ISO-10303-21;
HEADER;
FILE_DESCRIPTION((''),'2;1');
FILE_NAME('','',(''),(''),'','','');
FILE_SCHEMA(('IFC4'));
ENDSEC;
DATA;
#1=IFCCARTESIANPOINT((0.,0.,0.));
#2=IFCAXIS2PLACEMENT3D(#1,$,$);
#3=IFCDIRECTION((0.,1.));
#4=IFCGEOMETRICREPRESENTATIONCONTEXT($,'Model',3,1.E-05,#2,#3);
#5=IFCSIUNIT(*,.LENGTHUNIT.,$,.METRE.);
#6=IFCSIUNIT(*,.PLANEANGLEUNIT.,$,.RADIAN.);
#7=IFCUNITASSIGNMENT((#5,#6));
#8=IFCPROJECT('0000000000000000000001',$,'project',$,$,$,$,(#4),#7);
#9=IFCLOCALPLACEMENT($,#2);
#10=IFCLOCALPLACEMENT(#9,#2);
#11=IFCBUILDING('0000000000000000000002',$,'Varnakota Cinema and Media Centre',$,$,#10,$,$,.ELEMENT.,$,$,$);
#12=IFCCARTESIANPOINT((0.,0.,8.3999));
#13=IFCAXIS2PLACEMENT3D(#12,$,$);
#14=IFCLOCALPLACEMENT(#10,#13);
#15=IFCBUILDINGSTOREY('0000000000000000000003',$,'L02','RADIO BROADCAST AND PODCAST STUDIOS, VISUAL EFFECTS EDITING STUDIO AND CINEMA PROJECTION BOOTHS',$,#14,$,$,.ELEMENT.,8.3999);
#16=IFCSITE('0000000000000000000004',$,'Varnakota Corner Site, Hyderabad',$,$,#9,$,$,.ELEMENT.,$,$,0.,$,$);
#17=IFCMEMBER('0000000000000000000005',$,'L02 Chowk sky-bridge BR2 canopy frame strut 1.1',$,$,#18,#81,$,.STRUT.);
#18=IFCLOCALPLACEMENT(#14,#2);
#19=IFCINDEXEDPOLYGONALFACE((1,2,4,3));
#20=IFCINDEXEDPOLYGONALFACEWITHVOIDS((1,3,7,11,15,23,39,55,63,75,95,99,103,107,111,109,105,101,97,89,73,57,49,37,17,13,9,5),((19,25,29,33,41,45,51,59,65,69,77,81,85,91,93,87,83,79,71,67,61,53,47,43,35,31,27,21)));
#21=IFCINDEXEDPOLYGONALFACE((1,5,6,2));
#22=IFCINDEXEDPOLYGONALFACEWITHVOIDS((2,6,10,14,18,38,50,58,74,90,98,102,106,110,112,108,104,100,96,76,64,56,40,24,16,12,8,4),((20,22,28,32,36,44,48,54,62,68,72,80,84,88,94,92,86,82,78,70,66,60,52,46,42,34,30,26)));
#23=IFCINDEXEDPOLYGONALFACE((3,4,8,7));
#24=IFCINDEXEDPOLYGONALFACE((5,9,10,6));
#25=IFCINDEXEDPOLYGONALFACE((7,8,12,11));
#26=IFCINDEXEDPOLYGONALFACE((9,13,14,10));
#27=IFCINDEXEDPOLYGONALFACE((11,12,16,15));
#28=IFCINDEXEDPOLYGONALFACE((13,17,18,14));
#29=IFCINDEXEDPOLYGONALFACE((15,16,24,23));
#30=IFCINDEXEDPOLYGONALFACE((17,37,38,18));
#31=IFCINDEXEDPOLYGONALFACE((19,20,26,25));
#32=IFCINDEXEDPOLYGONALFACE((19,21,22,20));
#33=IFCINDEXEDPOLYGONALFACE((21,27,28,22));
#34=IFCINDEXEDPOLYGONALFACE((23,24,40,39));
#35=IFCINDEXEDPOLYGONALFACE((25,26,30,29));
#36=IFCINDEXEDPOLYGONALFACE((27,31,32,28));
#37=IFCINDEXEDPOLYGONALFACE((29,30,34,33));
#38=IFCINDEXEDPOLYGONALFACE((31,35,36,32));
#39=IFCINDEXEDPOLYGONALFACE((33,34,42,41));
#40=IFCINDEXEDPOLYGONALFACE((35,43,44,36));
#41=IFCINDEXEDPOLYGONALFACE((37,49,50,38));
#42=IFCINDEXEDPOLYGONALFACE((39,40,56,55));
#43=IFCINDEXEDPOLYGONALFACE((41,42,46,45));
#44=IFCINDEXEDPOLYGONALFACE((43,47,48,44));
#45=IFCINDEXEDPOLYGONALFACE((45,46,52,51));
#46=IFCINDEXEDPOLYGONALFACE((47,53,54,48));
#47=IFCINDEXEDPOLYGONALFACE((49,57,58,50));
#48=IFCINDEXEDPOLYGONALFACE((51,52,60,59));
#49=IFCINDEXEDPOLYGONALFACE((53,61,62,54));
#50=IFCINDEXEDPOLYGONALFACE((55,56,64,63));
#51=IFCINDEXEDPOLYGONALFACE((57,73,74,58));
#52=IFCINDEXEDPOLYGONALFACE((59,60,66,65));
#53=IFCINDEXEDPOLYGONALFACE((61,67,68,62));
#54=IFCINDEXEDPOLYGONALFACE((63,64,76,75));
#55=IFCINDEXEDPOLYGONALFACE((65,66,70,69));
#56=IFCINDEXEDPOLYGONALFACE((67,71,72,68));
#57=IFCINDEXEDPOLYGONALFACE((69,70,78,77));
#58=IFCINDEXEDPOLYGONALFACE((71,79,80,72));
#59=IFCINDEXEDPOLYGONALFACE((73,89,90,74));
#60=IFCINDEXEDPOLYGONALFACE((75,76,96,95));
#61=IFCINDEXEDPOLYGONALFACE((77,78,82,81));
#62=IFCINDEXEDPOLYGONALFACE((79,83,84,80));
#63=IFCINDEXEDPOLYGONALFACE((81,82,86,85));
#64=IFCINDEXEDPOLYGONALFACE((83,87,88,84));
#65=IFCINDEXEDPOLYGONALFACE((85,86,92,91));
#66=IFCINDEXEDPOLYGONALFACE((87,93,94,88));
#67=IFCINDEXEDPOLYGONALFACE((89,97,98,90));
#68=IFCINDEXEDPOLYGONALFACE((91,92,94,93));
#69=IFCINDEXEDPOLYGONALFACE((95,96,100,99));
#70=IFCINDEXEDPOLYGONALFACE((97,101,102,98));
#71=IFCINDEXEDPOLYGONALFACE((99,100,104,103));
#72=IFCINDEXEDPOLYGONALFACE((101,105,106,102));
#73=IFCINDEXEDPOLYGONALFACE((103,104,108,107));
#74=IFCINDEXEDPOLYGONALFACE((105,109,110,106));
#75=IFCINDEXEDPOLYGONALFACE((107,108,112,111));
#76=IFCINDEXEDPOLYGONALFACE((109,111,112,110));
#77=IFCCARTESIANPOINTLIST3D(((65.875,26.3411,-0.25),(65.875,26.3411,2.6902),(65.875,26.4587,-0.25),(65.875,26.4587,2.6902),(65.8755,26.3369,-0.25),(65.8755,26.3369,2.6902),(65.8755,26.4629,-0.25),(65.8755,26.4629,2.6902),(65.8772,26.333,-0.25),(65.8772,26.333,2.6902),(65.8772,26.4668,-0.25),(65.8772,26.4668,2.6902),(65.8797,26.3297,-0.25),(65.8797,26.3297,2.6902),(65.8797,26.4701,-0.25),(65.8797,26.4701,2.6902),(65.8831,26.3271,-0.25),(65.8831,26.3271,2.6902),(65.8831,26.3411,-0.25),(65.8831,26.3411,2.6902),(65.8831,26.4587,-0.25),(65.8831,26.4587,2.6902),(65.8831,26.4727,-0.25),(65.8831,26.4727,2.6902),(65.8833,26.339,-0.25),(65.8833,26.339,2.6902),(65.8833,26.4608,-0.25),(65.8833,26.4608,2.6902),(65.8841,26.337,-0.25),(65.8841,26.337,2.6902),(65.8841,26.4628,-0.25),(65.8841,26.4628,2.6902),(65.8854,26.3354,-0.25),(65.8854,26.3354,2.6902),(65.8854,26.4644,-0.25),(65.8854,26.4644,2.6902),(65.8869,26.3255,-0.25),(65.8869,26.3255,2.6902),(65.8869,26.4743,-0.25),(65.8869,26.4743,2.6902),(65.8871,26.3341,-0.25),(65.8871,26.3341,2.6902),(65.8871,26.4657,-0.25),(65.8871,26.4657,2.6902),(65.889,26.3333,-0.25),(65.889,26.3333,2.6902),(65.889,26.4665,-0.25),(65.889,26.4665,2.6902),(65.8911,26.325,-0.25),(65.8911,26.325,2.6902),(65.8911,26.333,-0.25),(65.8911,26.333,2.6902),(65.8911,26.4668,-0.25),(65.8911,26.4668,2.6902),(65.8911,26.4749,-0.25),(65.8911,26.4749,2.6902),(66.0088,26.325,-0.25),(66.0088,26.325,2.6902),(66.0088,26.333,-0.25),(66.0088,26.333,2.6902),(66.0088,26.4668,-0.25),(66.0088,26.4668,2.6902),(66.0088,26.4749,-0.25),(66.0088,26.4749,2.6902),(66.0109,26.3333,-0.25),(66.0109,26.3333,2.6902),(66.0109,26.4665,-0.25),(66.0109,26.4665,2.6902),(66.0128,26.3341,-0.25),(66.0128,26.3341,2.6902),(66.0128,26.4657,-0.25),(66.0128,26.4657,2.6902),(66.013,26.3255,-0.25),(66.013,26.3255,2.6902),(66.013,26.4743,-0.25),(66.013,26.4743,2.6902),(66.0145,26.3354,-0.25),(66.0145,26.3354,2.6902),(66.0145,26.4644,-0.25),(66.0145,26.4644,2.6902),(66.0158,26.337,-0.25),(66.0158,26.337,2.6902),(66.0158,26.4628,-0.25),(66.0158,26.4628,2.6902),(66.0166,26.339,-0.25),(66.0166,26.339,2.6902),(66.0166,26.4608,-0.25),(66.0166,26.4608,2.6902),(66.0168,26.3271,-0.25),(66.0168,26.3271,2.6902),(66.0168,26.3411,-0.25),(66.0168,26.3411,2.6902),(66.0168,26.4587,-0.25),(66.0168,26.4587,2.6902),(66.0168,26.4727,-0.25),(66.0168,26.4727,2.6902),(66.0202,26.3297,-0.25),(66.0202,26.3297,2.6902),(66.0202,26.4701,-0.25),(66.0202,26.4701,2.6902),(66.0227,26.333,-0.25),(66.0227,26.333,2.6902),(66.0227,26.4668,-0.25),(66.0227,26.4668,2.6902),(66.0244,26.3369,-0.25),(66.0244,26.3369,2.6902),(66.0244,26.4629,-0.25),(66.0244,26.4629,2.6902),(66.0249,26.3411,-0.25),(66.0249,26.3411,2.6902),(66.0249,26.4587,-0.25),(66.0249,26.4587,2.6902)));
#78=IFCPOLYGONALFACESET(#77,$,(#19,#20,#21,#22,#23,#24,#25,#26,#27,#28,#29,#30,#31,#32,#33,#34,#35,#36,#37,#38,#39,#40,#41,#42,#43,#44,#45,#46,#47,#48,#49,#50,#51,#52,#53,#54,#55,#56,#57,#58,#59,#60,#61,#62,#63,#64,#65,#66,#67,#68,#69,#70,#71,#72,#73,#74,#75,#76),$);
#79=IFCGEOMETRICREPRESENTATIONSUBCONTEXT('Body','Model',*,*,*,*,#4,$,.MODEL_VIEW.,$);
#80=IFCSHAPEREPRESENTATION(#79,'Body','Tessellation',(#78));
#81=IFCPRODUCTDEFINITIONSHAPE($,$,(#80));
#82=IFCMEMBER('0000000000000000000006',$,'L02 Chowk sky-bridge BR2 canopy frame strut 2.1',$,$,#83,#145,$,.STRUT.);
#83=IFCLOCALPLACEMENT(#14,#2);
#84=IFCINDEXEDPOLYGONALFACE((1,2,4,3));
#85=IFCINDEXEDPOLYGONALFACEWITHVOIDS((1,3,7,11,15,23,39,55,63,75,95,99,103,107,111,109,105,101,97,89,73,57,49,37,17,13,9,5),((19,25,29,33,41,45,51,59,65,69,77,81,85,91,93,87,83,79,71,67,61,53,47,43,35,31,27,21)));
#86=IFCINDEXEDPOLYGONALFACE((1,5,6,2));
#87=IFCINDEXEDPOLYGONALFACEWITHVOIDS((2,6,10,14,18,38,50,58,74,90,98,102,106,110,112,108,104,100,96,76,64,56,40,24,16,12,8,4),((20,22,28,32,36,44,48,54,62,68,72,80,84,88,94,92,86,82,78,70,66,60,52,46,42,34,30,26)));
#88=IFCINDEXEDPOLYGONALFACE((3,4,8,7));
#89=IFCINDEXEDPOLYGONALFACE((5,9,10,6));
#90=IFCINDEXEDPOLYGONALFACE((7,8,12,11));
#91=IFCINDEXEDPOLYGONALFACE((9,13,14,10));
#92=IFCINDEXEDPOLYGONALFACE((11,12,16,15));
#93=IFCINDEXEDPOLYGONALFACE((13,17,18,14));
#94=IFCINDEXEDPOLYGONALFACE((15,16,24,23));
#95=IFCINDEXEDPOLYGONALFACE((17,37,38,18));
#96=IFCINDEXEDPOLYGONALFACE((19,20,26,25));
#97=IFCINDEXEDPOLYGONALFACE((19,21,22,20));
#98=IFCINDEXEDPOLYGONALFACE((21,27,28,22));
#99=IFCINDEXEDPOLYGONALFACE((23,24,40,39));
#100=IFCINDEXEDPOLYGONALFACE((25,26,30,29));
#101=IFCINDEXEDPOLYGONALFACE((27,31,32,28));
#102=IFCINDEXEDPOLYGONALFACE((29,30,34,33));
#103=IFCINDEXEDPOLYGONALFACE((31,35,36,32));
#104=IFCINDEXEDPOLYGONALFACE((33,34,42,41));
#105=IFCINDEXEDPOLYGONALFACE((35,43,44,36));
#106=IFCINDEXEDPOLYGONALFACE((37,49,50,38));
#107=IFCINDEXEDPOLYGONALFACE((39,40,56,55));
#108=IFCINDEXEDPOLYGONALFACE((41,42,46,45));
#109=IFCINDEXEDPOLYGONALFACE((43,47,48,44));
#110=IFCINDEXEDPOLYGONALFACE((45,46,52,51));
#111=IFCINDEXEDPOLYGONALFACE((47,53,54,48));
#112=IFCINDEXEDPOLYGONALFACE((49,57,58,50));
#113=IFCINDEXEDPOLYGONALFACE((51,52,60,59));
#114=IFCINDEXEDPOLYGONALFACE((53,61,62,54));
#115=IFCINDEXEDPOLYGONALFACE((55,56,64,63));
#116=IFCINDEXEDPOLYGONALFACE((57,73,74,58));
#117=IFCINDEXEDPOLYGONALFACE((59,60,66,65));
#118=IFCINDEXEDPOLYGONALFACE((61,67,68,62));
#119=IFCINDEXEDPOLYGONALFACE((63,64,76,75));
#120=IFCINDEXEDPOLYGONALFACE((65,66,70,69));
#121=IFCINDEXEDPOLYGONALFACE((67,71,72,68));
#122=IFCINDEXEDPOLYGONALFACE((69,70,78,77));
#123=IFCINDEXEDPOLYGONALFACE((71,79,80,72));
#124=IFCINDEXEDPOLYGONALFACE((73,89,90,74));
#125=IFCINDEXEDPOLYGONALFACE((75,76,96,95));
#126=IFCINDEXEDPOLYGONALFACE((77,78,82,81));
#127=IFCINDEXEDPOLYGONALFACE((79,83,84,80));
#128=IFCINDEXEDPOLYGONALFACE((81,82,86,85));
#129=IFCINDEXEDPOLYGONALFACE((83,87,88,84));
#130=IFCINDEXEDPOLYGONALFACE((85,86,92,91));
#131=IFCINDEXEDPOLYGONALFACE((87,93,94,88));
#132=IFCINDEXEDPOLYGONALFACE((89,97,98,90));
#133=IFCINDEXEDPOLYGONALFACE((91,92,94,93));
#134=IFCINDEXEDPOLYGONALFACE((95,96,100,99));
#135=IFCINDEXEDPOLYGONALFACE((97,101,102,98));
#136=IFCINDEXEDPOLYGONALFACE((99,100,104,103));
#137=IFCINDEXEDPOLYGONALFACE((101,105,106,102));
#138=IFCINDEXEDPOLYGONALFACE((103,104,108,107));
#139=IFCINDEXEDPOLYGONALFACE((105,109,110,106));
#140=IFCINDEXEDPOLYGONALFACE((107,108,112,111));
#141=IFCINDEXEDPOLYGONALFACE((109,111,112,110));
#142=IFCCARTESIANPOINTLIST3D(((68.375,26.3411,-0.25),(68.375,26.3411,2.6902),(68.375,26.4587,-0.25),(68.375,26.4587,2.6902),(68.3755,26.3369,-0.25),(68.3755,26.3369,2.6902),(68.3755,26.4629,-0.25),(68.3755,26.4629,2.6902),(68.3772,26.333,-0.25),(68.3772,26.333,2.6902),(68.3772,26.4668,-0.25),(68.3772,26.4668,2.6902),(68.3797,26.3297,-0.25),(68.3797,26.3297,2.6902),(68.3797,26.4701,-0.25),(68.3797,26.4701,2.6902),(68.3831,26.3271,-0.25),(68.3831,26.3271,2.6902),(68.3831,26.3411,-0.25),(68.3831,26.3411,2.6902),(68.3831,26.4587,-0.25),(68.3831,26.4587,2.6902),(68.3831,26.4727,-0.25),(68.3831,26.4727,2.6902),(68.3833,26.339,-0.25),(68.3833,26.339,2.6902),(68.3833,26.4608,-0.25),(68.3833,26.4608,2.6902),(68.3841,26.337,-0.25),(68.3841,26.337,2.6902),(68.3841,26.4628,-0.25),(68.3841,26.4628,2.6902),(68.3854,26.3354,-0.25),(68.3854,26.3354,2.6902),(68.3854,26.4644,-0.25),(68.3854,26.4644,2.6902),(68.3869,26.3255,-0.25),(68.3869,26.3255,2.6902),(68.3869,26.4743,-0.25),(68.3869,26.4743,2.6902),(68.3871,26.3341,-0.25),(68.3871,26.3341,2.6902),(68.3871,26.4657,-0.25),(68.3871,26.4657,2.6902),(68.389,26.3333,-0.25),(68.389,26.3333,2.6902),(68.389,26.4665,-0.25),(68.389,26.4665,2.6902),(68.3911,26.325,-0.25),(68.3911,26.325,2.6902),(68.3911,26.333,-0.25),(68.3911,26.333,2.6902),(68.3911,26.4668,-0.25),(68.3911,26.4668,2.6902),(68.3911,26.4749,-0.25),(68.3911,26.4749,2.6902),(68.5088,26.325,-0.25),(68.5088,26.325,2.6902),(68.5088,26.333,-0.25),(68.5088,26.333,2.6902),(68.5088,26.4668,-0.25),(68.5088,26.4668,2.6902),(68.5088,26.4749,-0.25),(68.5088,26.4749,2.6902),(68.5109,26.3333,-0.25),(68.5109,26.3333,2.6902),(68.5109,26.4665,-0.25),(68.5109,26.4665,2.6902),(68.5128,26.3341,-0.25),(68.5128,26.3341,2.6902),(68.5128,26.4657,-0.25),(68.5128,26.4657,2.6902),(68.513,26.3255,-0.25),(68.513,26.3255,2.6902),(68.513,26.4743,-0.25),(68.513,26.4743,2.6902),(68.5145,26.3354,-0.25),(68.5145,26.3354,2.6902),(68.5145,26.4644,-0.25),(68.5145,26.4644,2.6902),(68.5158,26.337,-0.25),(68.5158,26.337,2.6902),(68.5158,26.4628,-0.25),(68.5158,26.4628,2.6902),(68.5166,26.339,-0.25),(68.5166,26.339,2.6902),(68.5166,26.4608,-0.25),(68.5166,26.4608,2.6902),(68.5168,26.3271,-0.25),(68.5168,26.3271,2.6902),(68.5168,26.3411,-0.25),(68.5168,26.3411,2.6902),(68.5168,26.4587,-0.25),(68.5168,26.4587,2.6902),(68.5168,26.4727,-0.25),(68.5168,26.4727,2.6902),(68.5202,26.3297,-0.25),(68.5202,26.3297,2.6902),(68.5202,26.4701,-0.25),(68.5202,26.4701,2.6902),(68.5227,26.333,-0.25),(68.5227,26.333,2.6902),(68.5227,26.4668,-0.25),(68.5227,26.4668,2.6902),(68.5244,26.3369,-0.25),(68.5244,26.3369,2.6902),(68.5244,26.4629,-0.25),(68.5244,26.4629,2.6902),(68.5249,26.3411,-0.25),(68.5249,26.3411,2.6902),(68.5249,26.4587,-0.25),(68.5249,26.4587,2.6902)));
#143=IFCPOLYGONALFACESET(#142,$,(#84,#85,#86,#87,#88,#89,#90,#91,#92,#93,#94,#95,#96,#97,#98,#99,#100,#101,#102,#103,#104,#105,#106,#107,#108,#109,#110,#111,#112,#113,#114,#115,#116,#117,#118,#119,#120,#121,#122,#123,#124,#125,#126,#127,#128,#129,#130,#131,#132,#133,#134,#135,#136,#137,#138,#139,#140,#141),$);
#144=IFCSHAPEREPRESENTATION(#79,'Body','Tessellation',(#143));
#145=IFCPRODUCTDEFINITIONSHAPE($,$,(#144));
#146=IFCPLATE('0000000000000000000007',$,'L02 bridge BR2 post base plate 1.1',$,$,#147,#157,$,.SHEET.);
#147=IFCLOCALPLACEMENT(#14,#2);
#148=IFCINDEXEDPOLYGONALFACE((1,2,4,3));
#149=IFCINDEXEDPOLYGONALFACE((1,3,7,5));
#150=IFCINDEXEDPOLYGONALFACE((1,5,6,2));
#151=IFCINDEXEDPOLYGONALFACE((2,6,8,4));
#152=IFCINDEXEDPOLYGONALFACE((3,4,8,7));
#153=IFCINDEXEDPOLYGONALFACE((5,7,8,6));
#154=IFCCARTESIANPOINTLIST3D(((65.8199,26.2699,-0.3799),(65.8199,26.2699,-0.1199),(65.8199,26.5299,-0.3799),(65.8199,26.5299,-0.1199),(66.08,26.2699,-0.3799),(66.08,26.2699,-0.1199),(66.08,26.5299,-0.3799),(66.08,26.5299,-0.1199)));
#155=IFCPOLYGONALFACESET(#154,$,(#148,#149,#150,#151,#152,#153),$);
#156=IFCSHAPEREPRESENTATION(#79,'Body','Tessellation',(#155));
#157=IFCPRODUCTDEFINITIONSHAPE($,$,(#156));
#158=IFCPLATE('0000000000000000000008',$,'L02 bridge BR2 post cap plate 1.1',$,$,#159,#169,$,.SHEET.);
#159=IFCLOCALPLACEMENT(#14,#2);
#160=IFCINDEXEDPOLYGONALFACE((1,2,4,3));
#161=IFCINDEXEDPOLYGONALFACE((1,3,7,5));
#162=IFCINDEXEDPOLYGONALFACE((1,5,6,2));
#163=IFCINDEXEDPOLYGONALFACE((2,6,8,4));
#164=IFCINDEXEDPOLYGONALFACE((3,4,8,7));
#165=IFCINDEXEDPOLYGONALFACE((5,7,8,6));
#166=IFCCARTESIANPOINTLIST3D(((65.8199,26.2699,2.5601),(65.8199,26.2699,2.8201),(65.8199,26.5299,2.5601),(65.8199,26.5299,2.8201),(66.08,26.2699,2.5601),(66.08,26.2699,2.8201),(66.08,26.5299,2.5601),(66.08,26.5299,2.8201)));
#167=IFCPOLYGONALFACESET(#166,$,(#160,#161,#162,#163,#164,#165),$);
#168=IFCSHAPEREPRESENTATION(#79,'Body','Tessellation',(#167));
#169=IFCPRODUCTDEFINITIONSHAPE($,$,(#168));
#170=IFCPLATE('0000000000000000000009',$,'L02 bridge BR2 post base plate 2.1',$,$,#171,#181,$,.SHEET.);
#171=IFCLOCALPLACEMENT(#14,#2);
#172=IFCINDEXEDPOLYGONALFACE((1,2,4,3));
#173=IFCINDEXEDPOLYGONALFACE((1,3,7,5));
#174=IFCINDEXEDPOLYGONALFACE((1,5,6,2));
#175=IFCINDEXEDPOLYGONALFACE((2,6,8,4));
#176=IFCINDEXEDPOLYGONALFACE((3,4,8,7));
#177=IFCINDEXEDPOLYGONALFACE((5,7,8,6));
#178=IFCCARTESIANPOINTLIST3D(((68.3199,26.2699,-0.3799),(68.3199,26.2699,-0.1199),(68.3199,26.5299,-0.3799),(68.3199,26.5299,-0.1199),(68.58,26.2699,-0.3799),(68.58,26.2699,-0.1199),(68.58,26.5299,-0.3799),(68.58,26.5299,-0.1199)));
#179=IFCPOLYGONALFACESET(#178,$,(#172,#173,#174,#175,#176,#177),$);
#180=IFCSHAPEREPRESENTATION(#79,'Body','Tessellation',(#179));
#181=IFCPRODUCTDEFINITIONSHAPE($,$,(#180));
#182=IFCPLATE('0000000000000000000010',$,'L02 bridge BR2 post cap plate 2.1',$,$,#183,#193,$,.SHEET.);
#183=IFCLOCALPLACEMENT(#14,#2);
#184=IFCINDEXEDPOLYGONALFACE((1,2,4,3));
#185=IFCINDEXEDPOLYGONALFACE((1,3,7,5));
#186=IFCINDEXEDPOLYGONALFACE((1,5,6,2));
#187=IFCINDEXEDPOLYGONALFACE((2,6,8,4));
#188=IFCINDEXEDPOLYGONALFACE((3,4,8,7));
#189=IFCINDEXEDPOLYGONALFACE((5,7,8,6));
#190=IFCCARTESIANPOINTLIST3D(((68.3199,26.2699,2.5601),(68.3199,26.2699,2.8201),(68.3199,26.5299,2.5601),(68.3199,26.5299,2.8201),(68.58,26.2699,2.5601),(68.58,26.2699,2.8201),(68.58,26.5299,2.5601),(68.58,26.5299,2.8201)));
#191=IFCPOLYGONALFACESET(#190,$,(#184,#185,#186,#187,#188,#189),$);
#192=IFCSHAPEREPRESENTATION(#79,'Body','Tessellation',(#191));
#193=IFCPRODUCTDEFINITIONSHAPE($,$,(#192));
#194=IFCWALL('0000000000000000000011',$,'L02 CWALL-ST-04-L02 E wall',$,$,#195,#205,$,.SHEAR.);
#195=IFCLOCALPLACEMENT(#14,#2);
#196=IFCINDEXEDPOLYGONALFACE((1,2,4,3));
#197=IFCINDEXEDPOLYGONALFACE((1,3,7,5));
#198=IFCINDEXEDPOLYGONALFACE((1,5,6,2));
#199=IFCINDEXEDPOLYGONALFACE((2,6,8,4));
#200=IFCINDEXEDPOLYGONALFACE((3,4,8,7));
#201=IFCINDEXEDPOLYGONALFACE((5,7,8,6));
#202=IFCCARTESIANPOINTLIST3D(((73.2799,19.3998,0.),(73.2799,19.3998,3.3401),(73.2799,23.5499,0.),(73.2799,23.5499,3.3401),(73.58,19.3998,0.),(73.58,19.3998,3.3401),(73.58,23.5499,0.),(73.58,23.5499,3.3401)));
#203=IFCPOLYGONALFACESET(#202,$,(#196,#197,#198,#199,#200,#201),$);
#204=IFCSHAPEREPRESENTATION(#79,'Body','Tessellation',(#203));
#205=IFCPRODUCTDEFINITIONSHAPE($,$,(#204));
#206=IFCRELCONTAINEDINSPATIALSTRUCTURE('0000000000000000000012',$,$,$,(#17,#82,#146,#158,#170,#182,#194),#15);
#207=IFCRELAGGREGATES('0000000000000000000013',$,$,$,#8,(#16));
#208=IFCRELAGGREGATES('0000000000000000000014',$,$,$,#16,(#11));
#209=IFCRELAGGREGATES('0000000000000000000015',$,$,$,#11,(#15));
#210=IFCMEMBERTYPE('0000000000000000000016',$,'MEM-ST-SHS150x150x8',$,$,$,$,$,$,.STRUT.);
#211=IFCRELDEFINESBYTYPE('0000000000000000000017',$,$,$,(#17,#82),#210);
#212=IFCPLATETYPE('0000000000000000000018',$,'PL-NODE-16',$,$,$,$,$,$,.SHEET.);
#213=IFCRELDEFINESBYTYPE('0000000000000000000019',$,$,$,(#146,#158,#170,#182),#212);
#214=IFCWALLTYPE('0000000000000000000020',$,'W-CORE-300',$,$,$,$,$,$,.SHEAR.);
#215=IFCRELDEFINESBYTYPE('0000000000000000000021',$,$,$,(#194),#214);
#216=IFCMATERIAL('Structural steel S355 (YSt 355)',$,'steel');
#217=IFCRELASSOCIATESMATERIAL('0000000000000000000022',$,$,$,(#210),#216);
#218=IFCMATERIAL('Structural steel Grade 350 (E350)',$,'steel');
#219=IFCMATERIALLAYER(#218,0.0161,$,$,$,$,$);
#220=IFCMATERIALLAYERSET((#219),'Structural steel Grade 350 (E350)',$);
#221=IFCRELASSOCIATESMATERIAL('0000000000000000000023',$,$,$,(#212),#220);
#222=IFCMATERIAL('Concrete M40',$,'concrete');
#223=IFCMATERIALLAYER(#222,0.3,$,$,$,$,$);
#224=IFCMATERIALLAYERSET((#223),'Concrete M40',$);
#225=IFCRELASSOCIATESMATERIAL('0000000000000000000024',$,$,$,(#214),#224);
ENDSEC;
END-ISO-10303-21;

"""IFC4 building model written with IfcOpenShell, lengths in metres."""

from ifc_helpers import new_model, si_unit, direction, frame, frame_2d, origin, origin_2d, place, context, subcontext, project, spatial, rectangle, hollow_rectangle, extrude, material, layer, layer_set, material_profile, profile_set, type_object, element, save


model = new_model("IFC4")

# Units and contexts
model_context = context("Model", 3, precision=1e-05, world=origin(), true_north=direction((0.0, 1.0)))
body_context = subcontext(model_context, "Body", "Model", "MODEL_VIEW")
ifc_project = project(units=[si_unit("LENGTHUNIT", "METRE"), si_unit("PLANEANGLEUNIT", "RADIAN")], contexts=[model_context])

# Site, building, storey
site_placement = place(None, origin())
site = spatial("IfcSite", under=ifc_project, at=site_placement, Name="Varnakota Corner Site, Hyderabad", CompositionType="ELEMENT", RefElevation=0.0)
building_placement = place(site_placement, origin())
building = spatial("IfcBuilding", under=site, at=building_placement, Name="Varnakota Cinema and Media Centre", CompositionType="ELEMENT")
storey_placement = place(building_placement, frame((0.0, 0.0, 8.3999)))
storey = spatial("IfcBuildingStorey", under=building, at=storey_placement, Name="L02", Description="RADIO BROADCAST AND PODCAST STUDIOS, VISUAL EFFECTS EDITING STUDIO AND CINEMA PROJECTION BOOTHS", CompositionType="ELEMENT", Elevation=8.3999)

# Members
ifc_material_1 = material(Name="Structural steel S355 (YSt 355)", Category="steel")
ifc_material_profile_1 = material_profile(ifc_material_1, hollow_rectangle(XDim=0.1499, YDim=0.1499, WallThickness=0.0081, InnerFilletRadius=0.0081, OuterFilletRadius=0.0161, at=origin_2d()), Name="SHS 150x150x8")
ifc_profile_set_1 = profile_set([ifc_material_profile_1], Name="Structural steel S355 (YSt 355)")
member_type = type_object("IfcMemberType", Name="MEM-ST-SHS150x150x8", PredefinedType="STRUT", material=ifc_profile_set_1)
for number, where, z_axis, x_axis, name in (
    (1, (65.95, 26.3999, -0.25), (0.0, 0.0, 1.0), (1.0, 0.0, 0.0), "L02 Chowk sky-bridge BR2 canopy frame strut 1.1"),
    (2, (68.45, 26.3999, -0.25), (0.0, 0.0, 1.0), (1.0, 0.0, 0.0), "L02 Chowk sky-bridge BR2 canopy frame strut 2.1"),
):
    element("IfcMember", number, at=place(storey_placement, frame(where, z_axis=z_axis, x_axis=x_axis)), inside=storey, type_object=member_type, Name=name, PredefinedType="STRUT", context=body_context, shape_type="SweptSolid", body=[
        extrude(hollow_rectangle(XDim=0.1499, YDim=0.1499, WallThickness=0.0081, InnerFilletRadius=0.0081, OuterFilletRadius=0.0161, at=origin_2d()), origin(), (0.0, 0.0, 1.0), 2.9402),
    ])

# Plates
ifc_material_2 = material(Name="Structural steel Grade 350 (E350)", Category="steel")
ifc_layer_1 = layer(ifc_material_2, 0.0161)
ifc_layer_set_1 = layer_set([ifc_layer_1], Name="Structural steel Grade 350 (E350)")
plate_type = type_object("IfcPlateType", Name="PL-NODE-16", PredefinedType="SHEET", material=ifc_layer_set_1)
for number, where, z_axis, x_axis, name in (
    (3, (65.95, 26.3999, -0.3799), (0.0, 0.0, 1.0), (1.0, 0.0, 0.0), "L02 bridge BR2 post base plate 1.1"),
    (4, (65.95, 26.3999, 2.5601), (0.0, 0.0, 1.0), (1.0, 0.0, 0.0), "L02 bridge BR2 post cap plate 1.1"),
    (5, (68.45, 26.3999, -0.3799), (0.0, 0.0, 1.0), (1.0, 0.0, 0.0), "L02 bridge BR2 post base plate 2.1"),
    (6, (68.45, 26.3999, 2.5601), (0.0, 0.0, 1.0), (1.0, 0.0, 0.0), "L02 bridge BR2 post cap plate 2.1"),
):
    element("IfcPlate", number, at=place(storey_placement, frame(where, z_axis=z_axis, x_axis=x_axis)), inside=storey, type_object=plate_type, Name=name, PredefinedType="SHEET", context=body_context, shape_type="SweptSolid", body=[
        extrude(rectangle(XDim=0.26, YDim=0.26, at=origin_2d()), origin(), (0.0, 0.0, 1.0), 0.26),
    ])

# Wall
ifc_material_3 = material(Name="Concrete M40", Category="concrete")
ifc_layer_2 = layer(ifc_material_3, 0.3)
ifc_layer_set_2 = layer_set([ifc_layer_2], Name="Concrete M40")
wall_type = type_object("IfcWallType", Name="W-CORE-300", PredefinedType="SHEAR", material=ifc_layer_set_2)
wall_placement = place(storey_placement, frame((73.4299, 23.55, 0.0), z_axis=(0.0, 0.0, 1.0), x_axis=(0.0, -1.0, 0.0)))
element("IfcWall", 7, at=wall_placement, inside=storey, type_object=wall_type, Name="L02 CWALL-ST-04-L02 E wall", PredefinedType="SHEAR", context=body_context, shape_type="SweptSolid", body=[
    extrude(rectangle(XDim=4.1501, YDim=0.3, at=frame_2d((2.0752, 0.0))), origin(), (0.0, 0.0, 1.0), 3.3401),
])

save(model, "model.ifc")
